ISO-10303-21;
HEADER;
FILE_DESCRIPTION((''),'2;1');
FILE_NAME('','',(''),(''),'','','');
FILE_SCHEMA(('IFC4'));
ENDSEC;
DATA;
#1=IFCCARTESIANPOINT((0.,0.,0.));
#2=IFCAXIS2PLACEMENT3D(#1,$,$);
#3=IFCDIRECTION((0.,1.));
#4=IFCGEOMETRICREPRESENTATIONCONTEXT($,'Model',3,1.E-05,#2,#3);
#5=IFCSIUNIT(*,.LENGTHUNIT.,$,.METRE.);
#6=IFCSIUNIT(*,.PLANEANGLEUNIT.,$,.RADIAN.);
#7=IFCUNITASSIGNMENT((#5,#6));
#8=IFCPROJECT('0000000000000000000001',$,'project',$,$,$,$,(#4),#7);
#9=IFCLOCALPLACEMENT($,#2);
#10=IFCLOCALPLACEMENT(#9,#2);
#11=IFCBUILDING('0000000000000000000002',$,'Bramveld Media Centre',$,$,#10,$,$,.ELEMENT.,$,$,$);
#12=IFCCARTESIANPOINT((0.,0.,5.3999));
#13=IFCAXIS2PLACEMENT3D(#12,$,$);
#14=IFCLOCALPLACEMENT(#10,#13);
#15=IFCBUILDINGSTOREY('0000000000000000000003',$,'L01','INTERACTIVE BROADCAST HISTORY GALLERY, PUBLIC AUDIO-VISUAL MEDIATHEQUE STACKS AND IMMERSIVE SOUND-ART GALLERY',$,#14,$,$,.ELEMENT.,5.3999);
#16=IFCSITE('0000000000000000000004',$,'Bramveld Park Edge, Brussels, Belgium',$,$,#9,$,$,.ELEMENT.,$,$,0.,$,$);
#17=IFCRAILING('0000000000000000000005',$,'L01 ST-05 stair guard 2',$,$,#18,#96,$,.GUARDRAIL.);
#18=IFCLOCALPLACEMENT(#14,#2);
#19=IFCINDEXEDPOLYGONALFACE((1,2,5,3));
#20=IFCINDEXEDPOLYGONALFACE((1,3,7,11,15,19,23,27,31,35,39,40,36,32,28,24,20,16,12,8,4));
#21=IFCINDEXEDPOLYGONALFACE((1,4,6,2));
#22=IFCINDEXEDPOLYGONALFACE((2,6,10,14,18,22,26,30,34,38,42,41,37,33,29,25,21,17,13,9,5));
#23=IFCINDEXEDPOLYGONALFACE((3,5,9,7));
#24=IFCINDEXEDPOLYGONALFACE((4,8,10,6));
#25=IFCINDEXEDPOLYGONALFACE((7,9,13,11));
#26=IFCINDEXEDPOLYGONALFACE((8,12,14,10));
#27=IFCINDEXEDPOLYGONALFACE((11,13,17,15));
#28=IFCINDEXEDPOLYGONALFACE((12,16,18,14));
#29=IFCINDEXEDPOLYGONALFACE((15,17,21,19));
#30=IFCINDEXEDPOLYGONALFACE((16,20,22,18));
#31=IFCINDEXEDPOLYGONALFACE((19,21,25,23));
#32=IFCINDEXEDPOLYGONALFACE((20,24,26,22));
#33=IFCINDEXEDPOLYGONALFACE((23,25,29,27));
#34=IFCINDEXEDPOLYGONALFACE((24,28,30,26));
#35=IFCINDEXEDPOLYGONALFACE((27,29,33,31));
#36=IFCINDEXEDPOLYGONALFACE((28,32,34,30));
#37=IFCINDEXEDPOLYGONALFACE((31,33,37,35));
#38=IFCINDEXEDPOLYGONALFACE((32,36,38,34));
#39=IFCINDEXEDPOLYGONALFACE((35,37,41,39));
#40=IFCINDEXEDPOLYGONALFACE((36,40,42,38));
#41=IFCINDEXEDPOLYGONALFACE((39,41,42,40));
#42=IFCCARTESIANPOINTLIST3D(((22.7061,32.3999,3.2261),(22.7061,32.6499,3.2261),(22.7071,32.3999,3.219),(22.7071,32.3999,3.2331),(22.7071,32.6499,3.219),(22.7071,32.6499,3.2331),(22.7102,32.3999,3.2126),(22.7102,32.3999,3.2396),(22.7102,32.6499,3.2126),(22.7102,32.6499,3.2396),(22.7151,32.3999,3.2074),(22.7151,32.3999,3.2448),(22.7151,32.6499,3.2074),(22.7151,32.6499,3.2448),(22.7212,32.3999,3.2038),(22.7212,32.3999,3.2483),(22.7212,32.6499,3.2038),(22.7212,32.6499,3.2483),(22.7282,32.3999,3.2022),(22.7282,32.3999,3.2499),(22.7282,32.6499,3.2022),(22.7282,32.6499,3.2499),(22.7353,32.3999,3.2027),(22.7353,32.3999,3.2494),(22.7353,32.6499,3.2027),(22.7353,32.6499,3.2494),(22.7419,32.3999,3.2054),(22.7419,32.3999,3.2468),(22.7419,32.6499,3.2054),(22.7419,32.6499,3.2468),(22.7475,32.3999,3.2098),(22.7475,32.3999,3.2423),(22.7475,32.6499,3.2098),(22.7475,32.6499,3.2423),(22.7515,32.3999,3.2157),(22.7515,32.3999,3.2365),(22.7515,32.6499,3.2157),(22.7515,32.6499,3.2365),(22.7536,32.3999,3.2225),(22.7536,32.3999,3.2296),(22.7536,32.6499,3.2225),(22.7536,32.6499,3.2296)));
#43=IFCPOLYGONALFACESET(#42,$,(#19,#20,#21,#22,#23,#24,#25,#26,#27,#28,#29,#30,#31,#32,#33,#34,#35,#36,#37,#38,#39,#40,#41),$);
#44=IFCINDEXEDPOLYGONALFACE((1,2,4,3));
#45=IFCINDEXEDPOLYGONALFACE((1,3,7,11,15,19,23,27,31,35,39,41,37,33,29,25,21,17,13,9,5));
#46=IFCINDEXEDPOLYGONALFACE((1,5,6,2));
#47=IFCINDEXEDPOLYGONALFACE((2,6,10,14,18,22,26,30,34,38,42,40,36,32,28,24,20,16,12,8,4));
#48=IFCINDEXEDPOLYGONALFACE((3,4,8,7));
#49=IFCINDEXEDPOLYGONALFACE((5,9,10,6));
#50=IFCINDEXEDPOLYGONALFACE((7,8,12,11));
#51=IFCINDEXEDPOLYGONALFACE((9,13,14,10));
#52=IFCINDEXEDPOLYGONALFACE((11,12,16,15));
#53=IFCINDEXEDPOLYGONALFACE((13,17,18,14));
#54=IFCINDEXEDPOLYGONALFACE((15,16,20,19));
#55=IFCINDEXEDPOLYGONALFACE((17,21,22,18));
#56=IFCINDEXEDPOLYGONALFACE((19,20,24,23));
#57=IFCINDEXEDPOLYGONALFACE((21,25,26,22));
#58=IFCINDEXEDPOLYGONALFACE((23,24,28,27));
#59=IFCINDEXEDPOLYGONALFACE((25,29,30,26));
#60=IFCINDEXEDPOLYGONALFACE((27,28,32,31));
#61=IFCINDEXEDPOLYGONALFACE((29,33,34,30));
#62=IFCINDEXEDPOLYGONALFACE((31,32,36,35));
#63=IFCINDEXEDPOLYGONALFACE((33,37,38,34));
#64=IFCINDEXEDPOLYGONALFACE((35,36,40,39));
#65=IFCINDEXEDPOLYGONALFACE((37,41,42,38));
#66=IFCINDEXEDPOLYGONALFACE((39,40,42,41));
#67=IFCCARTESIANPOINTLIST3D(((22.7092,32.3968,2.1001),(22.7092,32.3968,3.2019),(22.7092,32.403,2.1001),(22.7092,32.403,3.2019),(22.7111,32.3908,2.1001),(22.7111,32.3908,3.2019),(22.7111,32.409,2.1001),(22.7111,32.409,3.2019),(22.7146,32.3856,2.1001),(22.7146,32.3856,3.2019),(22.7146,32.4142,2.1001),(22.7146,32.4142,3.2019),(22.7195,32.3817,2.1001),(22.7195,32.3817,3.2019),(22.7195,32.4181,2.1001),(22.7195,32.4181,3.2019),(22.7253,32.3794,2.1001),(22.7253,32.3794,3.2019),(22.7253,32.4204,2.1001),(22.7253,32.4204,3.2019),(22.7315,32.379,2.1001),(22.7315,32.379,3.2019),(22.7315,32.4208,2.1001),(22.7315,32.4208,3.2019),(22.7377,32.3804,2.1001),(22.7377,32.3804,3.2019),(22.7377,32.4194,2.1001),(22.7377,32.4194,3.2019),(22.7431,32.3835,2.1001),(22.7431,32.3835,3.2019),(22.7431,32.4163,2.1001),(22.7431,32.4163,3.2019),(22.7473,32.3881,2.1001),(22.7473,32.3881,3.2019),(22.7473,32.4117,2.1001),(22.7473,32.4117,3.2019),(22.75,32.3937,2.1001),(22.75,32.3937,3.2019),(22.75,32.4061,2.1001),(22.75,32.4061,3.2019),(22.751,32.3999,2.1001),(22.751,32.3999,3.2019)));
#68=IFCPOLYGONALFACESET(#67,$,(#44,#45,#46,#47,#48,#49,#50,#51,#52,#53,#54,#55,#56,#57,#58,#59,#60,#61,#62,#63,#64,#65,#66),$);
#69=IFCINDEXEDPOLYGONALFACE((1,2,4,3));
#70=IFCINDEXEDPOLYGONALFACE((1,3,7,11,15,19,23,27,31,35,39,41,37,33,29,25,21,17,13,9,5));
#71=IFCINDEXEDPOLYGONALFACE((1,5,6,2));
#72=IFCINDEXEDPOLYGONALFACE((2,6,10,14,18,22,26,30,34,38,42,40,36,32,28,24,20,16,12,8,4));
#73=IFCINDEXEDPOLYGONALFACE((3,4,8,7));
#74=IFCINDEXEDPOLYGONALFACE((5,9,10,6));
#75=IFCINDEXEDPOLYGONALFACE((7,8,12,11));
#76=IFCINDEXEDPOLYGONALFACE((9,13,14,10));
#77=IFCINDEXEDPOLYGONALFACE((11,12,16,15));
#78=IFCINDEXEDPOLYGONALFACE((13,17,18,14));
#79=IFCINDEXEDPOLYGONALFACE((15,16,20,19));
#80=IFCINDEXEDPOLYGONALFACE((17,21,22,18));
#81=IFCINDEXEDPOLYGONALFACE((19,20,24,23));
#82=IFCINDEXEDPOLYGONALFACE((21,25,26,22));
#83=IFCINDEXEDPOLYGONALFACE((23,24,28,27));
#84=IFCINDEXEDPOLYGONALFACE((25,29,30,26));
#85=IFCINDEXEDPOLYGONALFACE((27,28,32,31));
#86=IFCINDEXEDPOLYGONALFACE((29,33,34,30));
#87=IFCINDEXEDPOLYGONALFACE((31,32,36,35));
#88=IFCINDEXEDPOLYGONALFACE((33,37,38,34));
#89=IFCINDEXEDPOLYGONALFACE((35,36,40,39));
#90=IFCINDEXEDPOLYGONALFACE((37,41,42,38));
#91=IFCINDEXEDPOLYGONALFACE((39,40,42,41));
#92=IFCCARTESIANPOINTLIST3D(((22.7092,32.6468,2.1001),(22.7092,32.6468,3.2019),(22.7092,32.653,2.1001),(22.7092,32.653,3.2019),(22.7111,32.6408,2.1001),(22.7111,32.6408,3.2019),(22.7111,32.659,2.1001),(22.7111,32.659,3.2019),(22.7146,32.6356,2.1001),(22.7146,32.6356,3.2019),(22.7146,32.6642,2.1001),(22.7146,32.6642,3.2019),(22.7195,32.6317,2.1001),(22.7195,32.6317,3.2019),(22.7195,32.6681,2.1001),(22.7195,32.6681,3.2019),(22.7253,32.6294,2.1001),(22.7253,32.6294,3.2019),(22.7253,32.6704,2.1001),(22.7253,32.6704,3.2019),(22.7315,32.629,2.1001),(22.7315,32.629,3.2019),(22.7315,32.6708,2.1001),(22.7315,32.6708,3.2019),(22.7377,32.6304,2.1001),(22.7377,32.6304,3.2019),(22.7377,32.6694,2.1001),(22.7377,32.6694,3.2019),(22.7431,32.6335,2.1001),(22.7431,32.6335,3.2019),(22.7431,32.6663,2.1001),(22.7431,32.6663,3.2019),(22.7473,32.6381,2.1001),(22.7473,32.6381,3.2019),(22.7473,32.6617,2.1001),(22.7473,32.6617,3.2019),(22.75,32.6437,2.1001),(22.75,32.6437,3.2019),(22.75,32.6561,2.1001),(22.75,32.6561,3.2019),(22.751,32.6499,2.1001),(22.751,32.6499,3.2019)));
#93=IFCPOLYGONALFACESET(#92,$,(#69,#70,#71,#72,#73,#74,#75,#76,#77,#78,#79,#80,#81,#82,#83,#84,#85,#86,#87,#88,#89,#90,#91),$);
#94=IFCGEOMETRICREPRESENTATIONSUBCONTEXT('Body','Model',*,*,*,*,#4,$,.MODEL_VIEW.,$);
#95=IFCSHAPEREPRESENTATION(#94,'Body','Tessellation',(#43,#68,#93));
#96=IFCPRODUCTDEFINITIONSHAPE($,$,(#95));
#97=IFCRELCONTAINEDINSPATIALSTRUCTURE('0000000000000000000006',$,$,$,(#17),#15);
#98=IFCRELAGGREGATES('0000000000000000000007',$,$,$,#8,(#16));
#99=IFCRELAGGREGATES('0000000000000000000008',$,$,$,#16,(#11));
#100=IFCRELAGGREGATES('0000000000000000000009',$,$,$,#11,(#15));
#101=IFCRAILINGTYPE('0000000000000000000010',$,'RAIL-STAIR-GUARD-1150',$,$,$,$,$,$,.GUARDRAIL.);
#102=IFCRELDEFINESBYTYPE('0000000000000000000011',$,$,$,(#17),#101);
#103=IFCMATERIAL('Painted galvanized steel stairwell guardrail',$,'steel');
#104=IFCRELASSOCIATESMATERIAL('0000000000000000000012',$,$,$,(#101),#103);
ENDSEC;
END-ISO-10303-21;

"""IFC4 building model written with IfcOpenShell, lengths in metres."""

from ifc_helpers import new_model, si_unit, direction, frame, origin, origin_2d, place, context, subcontext, project, spatial, circle, extrude, material, type_object, element, save


model = new_model("IFC4")

# Units and contexts
model_context = context("Model", 3, precision=1e-05, world=origin(), true_north=direction((0.0, 1.0)))
body_context = subcontext(model_context, "Body", "Model", "MODEL_VIEW")
ifc_project = project(units=[si_unit("LENGTHUNIT", "METRE"), si_unit("PLANEANGLEUNIT", "RADIAN")], contexts=[model_context])

# Site, building, storey
site_placement = place(None, origin())
site = spatial("IfcSite", under=ifc_project, at=site_placement, Name="Bramveld Park Edge, Brussels, Belgium", CompositionType="ELEMENT", RefElevation=0.0)
building_placement = place(site_placement, origin())
building = spatial("IfcBuilding", under=site, at=building_placement, Name="Bramveld Media Centre", CompositionType="ELEMENT")
storey_placement = place(building_placement, frame((0.0, 0.0, 5.3999)))
storey = spatial("IfcBuildingStorey", under=building, at=storey_placement, Name="L01", Description="INTERACTIVE BROADCAST HISTORY GALLERY, PUBLIC AUDIO-VISUAL MEDIATHEQUE STACKS AND IMMERSIVE SOUND-ART GALLERY", CompositionType="ELEMENT", Elevation=5.3999)

# Railing
ifc_material_1 = material(Name="Painted galvanized steel stairwell guardrail", Category="steel")
railing_type_1 = type_object("IfcRailingType", Name="RAIL-STAIR-GUARD-1150", PredefinedType="GUARDRAIL", material=ifc_material_1)
railing_1_placement = place(storey_placement, frame((22.73, 32.3999, 2.1001)))
element("IfcRailing", 1, at=railing_1_placement, inside=storey, type_object=railing_type_1, Name="L01 ST-05 stair guard 2", PredefinedType="GUARDRAIL", context=body_context, shape_type="SweptSolid", body=[
    extrude(circle(Radius=0.0239, at=origin_2d()), frame((0.0, 0.0, 1.126), z_axis=(0.0, 1.0, 0.0), x_axis=(-1.0, 0.0, 0.0)), (0.0, 0.0, 1.0), 0.25),
    extrude(circle(Radius=0.021, at=origin_2d()), origin(), (0.0, 0.0, 1.0), 1.1018),
    extrude(circle(Radius=0.021, at=origin_2d()), frame((0.0, 0.25, 0.0)), (0.0, 0.0, 1.0), 1.1018),
])

save(model, "model.ifc")
